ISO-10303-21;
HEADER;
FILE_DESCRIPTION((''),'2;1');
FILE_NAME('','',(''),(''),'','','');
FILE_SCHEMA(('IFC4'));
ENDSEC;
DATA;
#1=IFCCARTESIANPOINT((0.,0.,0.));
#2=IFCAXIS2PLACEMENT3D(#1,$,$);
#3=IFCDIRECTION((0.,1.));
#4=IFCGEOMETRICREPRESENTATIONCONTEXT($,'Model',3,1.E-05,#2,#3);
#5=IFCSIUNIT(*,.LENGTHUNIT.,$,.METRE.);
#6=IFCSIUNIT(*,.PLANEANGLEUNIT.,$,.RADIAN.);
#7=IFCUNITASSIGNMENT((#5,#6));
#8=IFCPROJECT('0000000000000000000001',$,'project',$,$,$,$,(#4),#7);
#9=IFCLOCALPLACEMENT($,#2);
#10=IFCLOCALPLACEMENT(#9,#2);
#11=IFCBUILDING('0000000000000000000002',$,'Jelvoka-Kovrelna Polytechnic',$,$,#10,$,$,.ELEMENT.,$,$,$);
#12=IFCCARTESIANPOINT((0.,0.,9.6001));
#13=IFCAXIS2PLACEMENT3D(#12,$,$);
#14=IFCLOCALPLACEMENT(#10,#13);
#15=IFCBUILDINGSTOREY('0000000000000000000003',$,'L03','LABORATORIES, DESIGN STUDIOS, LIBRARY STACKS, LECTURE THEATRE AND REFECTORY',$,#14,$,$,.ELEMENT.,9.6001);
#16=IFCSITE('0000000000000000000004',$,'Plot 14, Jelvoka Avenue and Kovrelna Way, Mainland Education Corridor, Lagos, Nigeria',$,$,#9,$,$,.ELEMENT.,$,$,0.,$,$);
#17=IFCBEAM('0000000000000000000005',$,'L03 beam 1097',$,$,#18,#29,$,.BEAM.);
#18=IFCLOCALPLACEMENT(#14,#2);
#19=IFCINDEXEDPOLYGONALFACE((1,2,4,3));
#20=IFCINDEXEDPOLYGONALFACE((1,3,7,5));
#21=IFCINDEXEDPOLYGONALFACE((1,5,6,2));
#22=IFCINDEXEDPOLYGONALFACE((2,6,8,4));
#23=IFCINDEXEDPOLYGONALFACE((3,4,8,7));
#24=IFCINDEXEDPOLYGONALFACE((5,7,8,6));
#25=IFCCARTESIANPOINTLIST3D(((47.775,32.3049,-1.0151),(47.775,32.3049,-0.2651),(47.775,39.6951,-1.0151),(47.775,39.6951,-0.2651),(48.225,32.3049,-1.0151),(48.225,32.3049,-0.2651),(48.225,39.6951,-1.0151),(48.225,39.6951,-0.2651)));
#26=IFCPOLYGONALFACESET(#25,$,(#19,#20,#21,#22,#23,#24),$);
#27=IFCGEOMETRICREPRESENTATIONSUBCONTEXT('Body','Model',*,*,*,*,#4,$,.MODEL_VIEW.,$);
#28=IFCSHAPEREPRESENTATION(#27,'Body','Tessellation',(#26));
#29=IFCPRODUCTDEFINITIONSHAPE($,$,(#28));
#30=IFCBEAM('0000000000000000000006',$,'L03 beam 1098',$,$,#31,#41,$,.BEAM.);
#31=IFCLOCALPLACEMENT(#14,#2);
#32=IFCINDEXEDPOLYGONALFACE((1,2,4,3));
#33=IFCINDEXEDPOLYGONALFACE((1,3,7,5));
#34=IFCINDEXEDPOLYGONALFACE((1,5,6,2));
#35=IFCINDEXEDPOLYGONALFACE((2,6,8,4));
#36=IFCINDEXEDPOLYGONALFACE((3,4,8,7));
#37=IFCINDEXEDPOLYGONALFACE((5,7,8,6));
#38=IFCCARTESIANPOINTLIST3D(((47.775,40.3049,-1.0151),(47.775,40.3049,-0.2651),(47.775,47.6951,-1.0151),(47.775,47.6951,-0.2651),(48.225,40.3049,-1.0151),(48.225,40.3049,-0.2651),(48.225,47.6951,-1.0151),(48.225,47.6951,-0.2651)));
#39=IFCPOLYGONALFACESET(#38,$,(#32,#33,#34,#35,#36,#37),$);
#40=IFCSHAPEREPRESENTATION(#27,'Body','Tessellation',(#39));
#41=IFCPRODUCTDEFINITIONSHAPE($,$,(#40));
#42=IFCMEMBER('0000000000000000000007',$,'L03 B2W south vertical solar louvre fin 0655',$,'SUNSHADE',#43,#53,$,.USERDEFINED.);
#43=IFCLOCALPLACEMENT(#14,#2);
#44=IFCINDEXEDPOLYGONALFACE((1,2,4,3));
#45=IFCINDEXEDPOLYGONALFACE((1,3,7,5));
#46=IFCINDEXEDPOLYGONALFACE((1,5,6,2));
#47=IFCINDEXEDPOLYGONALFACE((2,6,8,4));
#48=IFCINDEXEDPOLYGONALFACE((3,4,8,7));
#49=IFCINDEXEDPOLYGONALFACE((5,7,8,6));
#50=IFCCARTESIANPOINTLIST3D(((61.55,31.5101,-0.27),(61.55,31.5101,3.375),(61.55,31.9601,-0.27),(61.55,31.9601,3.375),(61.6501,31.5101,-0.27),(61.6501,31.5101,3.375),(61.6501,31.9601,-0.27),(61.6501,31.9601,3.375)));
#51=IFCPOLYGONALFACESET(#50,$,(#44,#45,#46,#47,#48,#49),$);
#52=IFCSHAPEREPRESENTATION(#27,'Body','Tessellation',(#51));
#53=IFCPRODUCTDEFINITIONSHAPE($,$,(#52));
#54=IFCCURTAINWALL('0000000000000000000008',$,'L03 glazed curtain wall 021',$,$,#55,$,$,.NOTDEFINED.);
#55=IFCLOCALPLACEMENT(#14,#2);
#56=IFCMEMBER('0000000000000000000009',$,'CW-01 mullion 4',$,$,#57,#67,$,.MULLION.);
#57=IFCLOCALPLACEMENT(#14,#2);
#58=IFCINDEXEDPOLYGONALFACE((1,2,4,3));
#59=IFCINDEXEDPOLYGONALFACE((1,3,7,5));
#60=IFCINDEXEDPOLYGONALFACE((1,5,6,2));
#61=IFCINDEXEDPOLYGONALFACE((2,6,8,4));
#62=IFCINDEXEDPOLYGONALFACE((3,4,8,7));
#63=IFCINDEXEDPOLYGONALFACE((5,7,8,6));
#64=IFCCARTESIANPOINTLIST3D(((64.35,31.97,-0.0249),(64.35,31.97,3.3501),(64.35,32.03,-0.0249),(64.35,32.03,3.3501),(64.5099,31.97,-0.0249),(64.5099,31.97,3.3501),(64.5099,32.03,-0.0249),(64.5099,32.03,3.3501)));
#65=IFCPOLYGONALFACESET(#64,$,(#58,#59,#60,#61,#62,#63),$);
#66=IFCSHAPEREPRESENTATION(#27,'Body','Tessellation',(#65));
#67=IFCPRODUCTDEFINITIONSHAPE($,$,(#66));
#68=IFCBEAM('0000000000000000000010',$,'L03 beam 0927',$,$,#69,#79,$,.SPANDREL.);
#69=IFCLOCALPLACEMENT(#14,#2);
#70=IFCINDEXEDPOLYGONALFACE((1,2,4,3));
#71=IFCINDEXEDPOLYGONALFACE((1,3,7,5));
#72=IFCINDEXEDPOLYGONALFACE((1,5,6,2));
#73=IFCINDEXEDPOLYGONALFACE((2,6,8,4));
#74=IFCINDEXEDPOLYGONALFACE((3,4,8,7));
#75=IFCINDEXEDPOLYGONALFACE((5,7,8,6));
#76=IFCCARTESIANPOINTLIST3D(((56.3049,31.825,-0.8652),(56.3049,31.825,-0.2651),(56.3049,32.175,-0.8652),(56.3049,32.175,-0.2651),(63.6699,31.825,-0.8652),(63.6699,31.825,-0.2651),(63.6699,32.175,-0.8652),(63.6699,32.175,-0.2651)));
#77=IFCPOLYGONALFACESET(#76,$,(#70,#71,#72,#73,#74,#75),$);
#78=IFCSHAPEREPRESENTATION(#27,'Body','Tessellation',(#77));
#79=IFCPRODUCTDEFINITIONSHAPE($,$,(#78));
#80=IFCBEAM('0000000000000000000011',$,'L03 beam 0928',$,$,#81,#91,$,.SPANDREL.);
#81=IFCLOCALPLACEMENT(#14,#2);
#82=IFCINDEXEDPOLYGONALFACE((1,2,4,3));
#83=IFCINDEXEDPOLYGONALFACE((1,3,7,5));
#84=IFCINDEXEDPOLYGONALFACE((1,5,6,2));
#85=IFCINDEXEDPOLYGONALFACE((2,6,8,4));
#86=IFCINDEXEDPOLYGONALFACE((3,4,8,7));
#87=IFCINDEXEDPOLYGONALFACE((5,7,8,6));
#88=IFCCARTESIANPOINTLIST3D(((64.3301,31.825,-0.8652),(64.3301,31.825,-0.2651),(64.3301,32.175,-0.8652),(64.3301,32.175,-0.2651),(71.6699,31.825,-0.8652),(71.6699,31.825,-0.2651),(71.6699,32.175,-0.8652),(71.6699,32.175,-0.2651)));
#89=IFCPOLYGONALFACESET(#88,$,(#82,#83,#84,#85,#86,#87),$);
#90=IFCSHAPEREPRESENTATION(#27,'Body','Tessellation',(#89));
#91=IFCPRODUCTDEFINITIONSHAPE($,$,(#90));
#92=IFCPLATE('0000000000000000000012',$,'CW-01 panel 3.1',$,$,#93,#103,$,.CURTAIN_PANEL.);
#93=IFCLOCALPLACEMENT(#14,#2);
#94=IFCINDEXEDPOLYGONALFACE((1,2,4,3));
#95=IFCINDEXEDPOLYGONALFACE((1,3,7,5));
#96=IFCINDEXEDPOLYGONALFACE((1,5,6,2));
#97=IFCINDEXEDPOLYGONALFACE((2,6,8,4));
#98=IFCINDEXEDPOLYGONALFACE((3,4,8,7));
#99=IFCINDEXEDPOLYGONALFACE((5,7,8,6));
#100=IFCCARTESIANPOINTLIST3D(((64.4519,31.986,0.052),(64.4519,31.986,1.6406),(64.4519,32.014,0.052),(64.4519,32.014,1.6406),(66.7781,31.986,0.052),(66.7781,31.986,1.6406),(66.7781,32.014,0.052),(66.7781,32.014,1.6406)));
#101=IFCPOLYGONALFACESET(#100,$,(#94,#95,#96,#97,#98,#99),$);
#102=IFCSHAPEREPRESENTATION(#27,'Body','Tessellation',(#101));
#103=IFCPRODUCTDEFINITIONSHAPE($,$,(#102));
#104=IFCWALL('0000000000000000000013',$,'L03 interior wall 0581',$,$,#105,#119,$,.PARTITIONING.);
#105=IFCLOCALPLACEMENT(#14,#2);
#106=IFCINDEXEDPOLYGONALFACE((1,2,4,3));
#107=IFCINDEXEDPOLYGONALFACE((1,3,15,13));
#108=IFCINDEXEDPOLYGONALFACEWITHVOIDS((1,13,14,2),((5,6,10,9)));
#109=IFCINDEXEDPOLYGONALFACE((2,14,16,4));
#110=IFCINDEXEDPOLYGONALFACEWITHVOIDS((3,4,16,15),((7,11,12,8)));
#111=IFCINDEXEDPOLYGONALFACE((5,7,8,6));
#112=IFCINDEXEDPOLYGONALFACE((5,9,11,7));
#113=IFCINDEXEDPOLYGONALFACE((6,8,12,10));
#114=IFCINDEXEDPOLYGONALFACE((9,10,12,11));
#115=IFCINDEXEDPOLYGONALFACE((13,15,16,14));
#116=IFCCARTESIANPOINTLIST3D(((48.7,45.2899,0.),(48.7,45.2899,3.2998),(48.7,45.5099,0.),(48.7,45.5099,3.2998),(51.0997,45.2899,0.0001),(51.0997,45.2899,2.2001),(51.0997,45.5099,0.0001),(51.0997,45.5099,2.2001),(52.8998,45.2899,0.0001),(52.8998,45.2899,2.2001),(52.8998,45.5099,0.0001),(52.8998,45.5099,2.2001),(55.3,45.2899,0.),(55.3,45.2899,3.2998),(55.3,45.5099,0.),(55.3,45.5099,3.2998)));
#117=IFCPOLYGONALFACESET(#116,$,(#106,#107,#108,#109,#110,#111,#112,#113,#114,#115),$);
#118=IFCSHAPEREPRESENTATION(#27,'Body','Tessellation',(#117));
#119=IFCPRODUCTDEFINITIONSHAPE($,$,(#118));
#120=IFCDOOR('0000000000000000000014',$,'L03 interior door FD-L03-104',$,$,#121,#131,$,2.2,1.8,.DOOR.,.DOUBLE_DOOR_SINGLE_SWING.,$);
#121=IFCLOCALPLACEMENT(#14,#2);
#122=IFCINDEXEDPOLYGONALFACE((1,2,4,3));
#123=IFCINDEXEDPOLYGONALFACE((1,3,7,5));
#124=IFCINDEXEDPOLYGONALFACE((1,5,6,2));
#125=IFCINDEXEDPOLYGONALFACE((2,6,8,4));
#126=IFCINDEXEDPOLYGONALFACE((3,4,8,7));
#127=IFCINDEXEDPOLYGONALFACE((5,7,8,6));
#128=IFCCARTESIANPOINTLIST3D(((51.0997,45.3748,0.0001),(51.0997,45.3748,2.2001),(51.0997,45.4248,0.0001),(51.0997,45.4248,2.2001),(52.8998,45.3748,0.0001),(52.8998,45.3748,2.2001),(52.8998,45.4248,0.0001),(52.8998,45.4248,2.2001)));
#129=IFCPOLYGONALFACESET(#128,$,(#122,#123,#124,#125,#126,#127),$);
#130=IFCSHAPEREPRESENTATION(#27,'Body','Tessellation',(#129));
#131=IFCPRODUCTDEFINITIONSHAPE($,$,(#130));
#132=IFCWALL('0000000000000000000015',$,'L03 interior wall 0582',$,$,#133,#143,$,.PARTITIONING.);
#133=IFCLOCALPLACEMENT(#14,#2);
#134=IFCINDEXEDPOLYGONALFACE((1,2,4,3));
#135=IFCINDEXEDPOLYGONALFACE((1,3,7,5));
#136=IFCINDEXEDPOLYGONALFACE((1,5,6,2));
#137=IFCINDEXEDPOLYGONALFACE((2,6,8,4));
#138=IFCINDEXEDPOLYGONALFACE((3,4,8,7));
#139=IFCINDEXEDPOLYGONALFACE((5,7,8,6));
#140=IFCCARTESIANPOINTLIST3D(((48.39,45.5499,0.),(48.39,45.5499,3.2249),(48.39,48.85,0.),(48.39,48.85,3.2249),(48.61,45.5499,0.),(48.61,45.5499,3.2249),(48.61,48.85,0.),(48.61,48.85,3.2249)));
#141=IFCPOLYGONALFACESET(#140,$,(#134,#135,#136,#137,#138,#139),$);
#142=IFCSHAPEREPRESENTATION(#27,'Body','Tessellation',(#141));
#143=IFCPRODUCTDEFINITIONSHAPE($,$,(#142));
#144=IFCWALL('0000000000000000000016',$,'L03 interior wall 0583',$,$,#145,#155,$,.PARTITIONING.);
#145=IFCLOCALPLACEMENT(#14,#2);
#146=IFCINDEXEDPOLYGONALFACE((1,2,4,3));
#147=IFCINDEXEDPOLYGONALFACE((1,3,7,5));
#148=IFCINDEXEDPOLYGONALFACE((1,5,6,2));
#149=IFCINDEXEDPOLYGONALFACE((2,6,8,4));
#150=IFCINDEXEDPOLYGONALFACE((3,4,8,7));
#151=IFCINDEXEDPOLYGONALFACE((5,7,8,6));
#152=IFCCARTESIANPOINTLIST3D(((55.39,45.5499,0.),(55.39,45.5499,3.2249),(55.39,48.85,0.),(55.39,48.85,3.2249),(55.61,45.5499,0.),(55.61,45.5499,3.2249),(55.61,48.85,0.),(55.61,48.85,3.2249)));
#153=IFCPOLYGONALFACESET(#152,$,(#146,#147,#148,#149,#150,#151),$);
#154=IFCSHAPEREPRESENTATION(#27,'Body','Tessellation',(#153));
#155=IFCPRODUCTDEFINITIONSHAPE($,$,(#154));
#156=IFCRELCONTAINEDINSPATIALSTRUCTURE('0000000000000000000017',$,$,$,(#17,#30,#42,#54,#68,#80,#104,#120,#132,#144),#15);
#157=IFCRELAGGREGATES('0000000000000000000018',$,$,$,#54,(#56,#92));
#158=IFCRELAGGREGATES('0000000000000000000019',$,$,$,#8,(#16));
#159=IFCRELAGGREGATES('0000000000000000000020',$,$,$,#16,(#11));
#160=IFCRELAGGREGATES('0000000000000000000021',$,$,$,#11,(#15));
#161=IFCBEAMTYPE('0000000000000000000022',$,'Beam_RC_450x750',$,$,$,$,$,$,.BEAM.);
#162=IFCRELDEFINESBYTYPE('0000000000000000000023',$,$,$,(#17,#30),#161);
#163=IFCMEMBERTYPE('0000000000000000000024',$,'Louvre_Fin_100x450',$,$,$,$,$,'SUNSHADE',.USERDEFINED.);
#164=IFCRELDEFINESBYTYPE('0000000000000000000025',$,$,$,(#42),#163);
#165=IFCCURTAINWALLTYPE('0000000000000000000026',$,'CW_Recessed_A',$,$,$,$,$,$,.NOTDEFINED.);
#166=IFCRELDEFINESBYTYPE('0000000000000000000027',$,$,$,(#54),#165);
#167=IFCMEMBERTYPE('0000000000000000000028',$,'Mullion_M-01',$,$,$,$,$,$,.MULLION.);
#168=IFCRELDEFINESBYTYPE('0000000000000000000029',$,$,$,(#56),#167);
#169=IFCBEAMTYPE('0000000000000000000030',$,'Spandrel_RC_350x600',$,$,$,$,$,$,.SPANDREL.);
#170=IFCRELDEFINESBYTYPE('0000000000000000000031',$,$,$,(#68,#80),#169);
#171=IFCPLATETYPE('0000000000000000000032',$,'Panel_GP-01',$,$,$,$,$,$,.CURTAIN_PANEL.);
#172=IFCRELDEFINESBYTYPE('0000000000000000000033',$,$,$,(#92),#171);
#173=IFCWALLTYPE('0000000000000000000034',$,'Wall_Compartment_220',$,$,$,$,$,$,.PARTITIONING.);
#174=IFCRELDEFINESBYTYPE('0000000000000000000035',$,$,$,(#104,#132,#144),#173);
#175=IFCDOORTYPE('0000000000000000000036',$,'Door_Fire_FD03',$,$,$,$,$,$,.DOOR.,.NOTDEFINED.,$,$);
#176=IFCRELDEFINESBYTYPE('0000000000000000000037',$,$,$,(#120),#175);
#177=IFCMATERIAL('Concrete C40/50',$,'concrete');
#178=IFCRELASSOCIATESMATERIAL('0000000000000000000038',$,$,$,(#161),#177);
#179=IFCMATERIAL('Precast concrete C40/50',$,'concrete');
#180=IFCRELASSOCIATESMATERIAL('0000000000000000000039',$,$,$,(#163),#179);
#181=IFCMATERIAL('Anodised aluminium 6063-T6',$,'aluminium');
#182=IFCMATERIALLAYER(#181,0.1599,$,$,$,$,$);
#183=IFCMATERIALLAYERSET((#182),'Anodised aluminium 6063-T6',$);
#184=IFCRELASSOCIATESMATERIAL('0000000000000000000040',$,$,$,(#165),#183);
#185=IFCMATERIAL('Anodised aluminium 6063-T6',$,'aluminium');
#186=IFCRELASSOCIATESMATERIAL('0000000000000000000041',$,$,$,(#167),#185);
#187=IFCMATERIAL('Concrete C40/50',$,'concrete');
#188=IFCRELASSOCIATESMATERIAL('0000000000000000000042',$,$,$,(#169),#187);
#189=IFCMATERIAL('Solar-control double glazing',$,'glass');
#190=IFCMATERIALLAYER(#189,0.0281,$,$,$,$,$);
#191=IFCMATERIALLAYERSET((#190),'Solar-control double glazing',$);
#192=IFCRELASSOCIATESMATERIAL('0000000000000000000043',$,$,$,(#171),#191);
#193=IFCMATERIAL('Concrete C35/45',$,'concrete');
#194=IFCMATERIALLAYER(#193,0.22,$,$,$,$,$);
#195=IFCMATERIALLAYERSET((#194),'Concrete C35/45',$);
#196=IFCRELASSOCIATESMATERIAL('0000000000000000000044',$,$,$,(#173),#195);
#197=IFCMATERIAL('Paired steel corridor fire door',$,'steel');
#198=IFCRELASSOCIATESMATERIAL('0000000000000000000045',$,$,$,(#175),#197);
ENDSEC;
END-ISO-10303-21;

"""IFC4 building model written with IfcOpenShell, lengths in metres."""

from ifc_helpers import new_model, si_unit, direction, frame, frame_2d, origin, origin_2d, place, context, subcontext, project, spatial, rectangle, extrude, material, layer, layer_set, material_profile, profile_set, type_object, element, fill, aggregate, save


model = new_model("IFC4")

# Units and contexts
model_context = context("Model", 3, precision=1e-05, world=origin(), true_north=direction((0.0, 1.0)))
body_context = subcontext(model_context, "Body", "Model", "MODEL_VIEW")
ifc_project = project(units=[si_unit("LENGTHUNIT", "METRE"), si_unit("PLANEANGLEUNIT", "RADIAN")], contexts=[model_context])

# Site, building, storey
site_placement = place(None, origin())
site = spatial("IfcSite", under=ifc_project, at=site_placement, Name="Plot 14, Jelvoka Avenue and Kovrelna Way, Mainland Education Corridor, Lagos, Nigeria", CompositionType="ELEMENT", RefElevation=0.0)
building_placement = place(site_placement, origin())
building = spatial("IfcBuilding", under=site, at=building_placement, Name="Jelvoka-Kovrelna Polytechnic", CompositionType="ELEMENT")
storey_placement = place(building_placement, frame((0.0, 0.0, 9.6001)))
storey = spatial("IfcBuildingStorey", under=building, at=storey_placement, Name="L03", Description="LABORATORIES, DESIGN STUDIOS, LIBRARY STACKS, LECTURE THEATRE AND REFECTORY", CompositionType="ELEMENT", Elevation=9.6001)

# Beams
ifc_material_1 = material(Name="Concrete C40/50", Category="concrete")
ifc_material_profile_1 = material_profile(ifc_material_1, rectangle(XDim=0.45, YDim=0.75, at=origin_2d()), Name="RC 450x750")
ifc_profile_set_1 = profile_set([ifc_material_profile_1], Name="Concrete C40/50")
beam_type_1 = type_object("IfcBeamType", Name="Beam_RC_450x750", PredefinedType="BEAM", material=ifc_profile_set_1)
for number, where, z_axis, x_axis, name in (
    (1, (48.0, 32.3049, -0.6401), (0.0, 1.0, 0.0), (-1.0, 0.0, 0.0), "L03 beam 1097"),
    (2, (48.0, 40.3049, -0.6401), (0.0, 1.0, 0.0), (-1.0, 0.0, 0.0), "L03 beam 1098"),
):
    element("IfcBeam", number, at=place(storey_placement, frame(where, z_axis=z_axis, x_axis=x_axis)), inside=storey, type_object=beam_type_1, Name=name, PredefinedType="BEAM", context=body_context, shape_type="SweptSolid", body=[
        extrude(rectangle(XDim=0.45, YDim=0.75, at=origin_2d()), origin(), (0.0, 0.0, 1.0), 7.3901),
    ])

# Member
ifc_material_2 = material(Name="Precast concrete C40/50", Category="concrete")
ifc_material_profile_2 = material_profile(ifc_material_2, rectangle(XDim=0.1001, YDim=0.45, at=origin_2d()), Name="PC 100x450")
ifc_profile_set_2 = profile_set([ifc_material_profile_2], Name="Precast concrete C40/50")
member_type_1 = type_object("IfcMemberType", Name="Louvre_Fin_100x450", ElementType="SUNSHADE", PredefinedType="USERDEFINED", material=ifc_profile_set_2)
member_1_placement = place(storey_placement, frame((61.6001, 31.7351, -0.27), z_axis=(0.0, 0.0, 1.0), x_axis=(1.0, 0.0, 0.0)))
element("IfcMember", 3, at=member_1_placement, inside=storey, type_object=member_type_1, Name="L03 B2W south vertical solar louvre fin 0655", ObjectType="SUNSHADE", PredefinedType="USERDEFINED", context=body_context, shape_type="SweptSolid", body=[
    extrude(rectangle(XDim=0.1001, YDim=0.45, at=origin_2d()), origin(), (0.0, 0.0, 1.0), 3.645),
])

# Curtain wall, member
ifc_material_3 = material(Name="Anodised aluminium 6063-T6", Category="aluminium")
ifc_layer_1 = layer(ifc_material_3, 0.1599)
ifc_layer_set_1 = layer_set([ifc_layer_1], Name="Anodised aluminium 6063-T6")
curtain_wall_type = type_object("IfcCurtainWallType", Name="CW_Recessed_A", PredefinedType="NOTDEFINED", material=ifc_layer_set_1)
curtain_wall_placement = place(storey_placement, origin())
curtain_wall = element("IfcCurtainWall", 4, at=curtain_wall_placement, inside=storey, type_object=curtain_wall_type, Name="L03 glazed curtain wall 021", PredefinedType="NOTDEFINED")
ifc_material_4 = material(Name="Anodised aluminium 6063-T6", Category="aluminium")
ifc_material_profile_3 = material_profile(ifc_material_4, rectangle(XDim=0.0601, YDim=0.1599, at=origin_2d()), Name="ALU 60x160")
ifc_profile_set_3 = profile_set([ifc_material_profile_3], Name="Anodised aluminium 6063-T6")
member_type_2 = type_object("IfcMemberType", Name="Mullion_M-01", PredefinedType="MULLION", material=ifc_profile_set_3)
member_2_placement = place(storey_placement, frame((64.4299, 32.0, -0.0249), z_axis=(0.0, 0.0, 1.0), x_axis=(0.0, -1.0, 0.0)))
member_2 = element("IfcMember", 5, at=member_2_placement, type_object=member_type_2, Name="CW-01 mullion 4", PredefinedType="MULLION", context=body_context, shape_type="SweptSolid", body=[
    extrude(rectangle(XDim=0.0601, YDim=0.1599, at=origin_2d()), origin(), (0.0, 0.0, 1.0), 3.375),
])

# Beams
ifc_material_5 = material(Name="Concrete C40/50", Category="concrete")
ifc_material_profile_4 = material_profile(ifc_material_5, rectangle(XDim=0.3501, YDim=0.6001, at=origin_2d()), Name="RC 350x600")
ifc_profile_set_4 = profile_set([ifc_material_profile_4], Name="Concrete C40/50")
beam_type_2 = type_object("IfcBeamType", Name="Spandrel_RC_350x600", PredefinedType="SPANDREL", material=ifc_profile_set_4)
beam_1_placement = place(storey_placement, frame((56.3049, 32.0, -0.5652), z_axis=(1.0, 0.0, 0.0), x_axis=(0.0, 1.0, 0.0)))
element("IfcBeam", 6, at=beam_1_placement, inside=storey, type_object=beam_type_2, Name="L03 beam 0927", PredefinedType="SPANDREL", context=body_context, shape_type="SweptSolid", body=[
    extrude(rectangle(XDim=0.3501, YDim=0.6001, at=origin_2d()), origin(), (0.0, 0.0, 1.0), 7.365),
])
beam_2_placement = place(storey_placement, frame((64.3301, 32.0, -0.5652), z_axis=(1.0, 0.0, 0.0), x_axis=(0.0, 1.0, 0.0)))
element("IfcBeam", 7, at=beam_2_placement, inside=storey, type_object=beam_type_2, Name="L03 beam 0928", PredefinedType="SPANDREL", context=body_context, shape_type="SweptSolid", body=[
    extrude(rectangle(XDim=0.3501, YDim=0.6001, at=origin_2d()), origin(), (0.0, 0.0, 1.0), 7.3398),
])

# Plate
ifc_material_6 = material(Name="Solar-control double glazing", Category="glass")
ifc_layer_2 = layer(ifc_material_6, 0.0281)
ifc_layer_set_2 = layer_set([ifc_layer_2], Name="Solar-control double glazing")
plate_type = type_object("IfcPlateType", Name="Panel_GP-01", PredefinedType="CURTAIN_PANEL", material=ifc_layer_set_2)
plate_placement = place(storey_placement, frame((65.615, 32.0, 0.052), z_axis=(0.0, 0.0, 1.0), x_axis=(-1.0, 0.0, 0.0)))
plate = element("IfcPlate", 8, at=plate_placement, type_object=plate_type, Name="CW-01 panel 3.1", PredefinedType="CURTAIN_PANEL", context=body_context, shape_type="SweptSolid", body=[
    extrude(rectangle(XDim=2.3262, YDim=0.0281, at=origin_2d()), origin(), (0.0, 0.0, 1.0), 1.5886),
])
aggregate(curtain_wall, [member_2, plate])

# Wall, opening, door
ifc_material_7 = material(Name="Concrete C35/45", Category="concrete")
ifc_layer_3 = layer(ifc_material_7, 0.22)
ifc_layer_set_3 = layer_set([ifc_layer_3], Name="Concrete C35/45")
wall_type_1 = type_object("IfcWallType", Name="Wall_Compartment_220", PredefinedType="PARTITIONING", material=ifc_layer_set_3)
wall_1_placement = place(storey_placement, frame((48.7, 45.3999, 0.0), z_axis=(0.0, 0.0, 1.0), x_axis=(1.0, 0.0, 0.0)))
wall_1 = element("IfcWall", 9, at=wall_1_placement, inside=storey, type_object=wall_type_1, Name="L03 interior wall 0581", PredefinedType="PARTITIONING", context=body_context, shape_type="SweptSolid", body=[
    extrude(rectangle(XDim=6.6001, YDim=0.22, at=frame_2d((3.3, 0.0))), origin(), (0.0, 0.0, 1.0), 3.2998),
])
opening_1_placement = place(wall_1_placement, frame((2.3999, 0.0, 0.0)))
opening_1 = element("IfcOpeningElement", 10, at=opening_1_placement, cuts=wall_1, PredefinedType="OPENING", context=body_context, shape_type="SweptSolid", body=[
    extrude(rectangle(XDim=1.8, YDim=2.2, at=frame_2d((0.8999, 1.1001))), frame((0.0, 0.1199, 0.0), z_axis=(0.0, -1.0, 0.0), x_axis=(1.0, 0.0, 0.0)), (0.0, 0.0, 1.0), 0.24),
])
ifc_material_8 = material(Name="Paired steel corridor fire door", Category="steel")
door_type_1 = type_object("IfcDoorType", Name="Door_Fire_FD03", OperationType="NOTDEFINED", PredefinedType="DOOR", material=ifc_material_8)
door_1_placement = place(opening_1_placement, origin())
door_1 = element("IfcDoor", 11, at=door_1_placement, inside=storey, type_object=door_type_1, Name="L03 interior door FD-L03-104", OperationType="DOUBLE_DOOR_SINGLE_SWING", OverallHeight=2.2, OverallWidth=1.8, PredefinedType="DOOR", context=body_context, shape_type="SweptSolid", body=[
    extrude(rectangle(XDim=1.8, YDim=2.2, at=frame_2d((0.8999, 1.1001))), frame((0.0, 0.0249, 0.0), z_axis=(0.0, -1.0, 0.0), x_axis=(1.0, 0.0, 0.0)), (0.0, 0.0, 1.0), 0.05),
])
fill(opening_1, door_1)

# Walls
for number, where, z_axis, x_axis, name in (
    (12, (48.5, 45.55, 0.0), (0.0, 0.0, 1.0), (0.0, 1.0, 0.0), "L03 interior wall 0582"),
    (13, (55.5, 45.55, 0.0), (0.0, 0.0, 1.0), (0.0, 1.0, 0.0), "L03 interior wall 0583"),
):
    element("IfcWall", number, at=place(storey_placement, frame(where, z_axis=z_axis, x_axis=x_axis)), inside=storey, type_object=wall_type_1, Name=name, PredefinedType="PARTITIONING", context=body_context, shape_type="SweptSolid", body=[
        extrude(rectangle(XDim=3.3, YDim=0.22, at=frame_2d((1.6499, 0.0))), origin(), (0.0, 0.0, 1.0), 3.2249),
    ])

save(model, "model.ifc")
